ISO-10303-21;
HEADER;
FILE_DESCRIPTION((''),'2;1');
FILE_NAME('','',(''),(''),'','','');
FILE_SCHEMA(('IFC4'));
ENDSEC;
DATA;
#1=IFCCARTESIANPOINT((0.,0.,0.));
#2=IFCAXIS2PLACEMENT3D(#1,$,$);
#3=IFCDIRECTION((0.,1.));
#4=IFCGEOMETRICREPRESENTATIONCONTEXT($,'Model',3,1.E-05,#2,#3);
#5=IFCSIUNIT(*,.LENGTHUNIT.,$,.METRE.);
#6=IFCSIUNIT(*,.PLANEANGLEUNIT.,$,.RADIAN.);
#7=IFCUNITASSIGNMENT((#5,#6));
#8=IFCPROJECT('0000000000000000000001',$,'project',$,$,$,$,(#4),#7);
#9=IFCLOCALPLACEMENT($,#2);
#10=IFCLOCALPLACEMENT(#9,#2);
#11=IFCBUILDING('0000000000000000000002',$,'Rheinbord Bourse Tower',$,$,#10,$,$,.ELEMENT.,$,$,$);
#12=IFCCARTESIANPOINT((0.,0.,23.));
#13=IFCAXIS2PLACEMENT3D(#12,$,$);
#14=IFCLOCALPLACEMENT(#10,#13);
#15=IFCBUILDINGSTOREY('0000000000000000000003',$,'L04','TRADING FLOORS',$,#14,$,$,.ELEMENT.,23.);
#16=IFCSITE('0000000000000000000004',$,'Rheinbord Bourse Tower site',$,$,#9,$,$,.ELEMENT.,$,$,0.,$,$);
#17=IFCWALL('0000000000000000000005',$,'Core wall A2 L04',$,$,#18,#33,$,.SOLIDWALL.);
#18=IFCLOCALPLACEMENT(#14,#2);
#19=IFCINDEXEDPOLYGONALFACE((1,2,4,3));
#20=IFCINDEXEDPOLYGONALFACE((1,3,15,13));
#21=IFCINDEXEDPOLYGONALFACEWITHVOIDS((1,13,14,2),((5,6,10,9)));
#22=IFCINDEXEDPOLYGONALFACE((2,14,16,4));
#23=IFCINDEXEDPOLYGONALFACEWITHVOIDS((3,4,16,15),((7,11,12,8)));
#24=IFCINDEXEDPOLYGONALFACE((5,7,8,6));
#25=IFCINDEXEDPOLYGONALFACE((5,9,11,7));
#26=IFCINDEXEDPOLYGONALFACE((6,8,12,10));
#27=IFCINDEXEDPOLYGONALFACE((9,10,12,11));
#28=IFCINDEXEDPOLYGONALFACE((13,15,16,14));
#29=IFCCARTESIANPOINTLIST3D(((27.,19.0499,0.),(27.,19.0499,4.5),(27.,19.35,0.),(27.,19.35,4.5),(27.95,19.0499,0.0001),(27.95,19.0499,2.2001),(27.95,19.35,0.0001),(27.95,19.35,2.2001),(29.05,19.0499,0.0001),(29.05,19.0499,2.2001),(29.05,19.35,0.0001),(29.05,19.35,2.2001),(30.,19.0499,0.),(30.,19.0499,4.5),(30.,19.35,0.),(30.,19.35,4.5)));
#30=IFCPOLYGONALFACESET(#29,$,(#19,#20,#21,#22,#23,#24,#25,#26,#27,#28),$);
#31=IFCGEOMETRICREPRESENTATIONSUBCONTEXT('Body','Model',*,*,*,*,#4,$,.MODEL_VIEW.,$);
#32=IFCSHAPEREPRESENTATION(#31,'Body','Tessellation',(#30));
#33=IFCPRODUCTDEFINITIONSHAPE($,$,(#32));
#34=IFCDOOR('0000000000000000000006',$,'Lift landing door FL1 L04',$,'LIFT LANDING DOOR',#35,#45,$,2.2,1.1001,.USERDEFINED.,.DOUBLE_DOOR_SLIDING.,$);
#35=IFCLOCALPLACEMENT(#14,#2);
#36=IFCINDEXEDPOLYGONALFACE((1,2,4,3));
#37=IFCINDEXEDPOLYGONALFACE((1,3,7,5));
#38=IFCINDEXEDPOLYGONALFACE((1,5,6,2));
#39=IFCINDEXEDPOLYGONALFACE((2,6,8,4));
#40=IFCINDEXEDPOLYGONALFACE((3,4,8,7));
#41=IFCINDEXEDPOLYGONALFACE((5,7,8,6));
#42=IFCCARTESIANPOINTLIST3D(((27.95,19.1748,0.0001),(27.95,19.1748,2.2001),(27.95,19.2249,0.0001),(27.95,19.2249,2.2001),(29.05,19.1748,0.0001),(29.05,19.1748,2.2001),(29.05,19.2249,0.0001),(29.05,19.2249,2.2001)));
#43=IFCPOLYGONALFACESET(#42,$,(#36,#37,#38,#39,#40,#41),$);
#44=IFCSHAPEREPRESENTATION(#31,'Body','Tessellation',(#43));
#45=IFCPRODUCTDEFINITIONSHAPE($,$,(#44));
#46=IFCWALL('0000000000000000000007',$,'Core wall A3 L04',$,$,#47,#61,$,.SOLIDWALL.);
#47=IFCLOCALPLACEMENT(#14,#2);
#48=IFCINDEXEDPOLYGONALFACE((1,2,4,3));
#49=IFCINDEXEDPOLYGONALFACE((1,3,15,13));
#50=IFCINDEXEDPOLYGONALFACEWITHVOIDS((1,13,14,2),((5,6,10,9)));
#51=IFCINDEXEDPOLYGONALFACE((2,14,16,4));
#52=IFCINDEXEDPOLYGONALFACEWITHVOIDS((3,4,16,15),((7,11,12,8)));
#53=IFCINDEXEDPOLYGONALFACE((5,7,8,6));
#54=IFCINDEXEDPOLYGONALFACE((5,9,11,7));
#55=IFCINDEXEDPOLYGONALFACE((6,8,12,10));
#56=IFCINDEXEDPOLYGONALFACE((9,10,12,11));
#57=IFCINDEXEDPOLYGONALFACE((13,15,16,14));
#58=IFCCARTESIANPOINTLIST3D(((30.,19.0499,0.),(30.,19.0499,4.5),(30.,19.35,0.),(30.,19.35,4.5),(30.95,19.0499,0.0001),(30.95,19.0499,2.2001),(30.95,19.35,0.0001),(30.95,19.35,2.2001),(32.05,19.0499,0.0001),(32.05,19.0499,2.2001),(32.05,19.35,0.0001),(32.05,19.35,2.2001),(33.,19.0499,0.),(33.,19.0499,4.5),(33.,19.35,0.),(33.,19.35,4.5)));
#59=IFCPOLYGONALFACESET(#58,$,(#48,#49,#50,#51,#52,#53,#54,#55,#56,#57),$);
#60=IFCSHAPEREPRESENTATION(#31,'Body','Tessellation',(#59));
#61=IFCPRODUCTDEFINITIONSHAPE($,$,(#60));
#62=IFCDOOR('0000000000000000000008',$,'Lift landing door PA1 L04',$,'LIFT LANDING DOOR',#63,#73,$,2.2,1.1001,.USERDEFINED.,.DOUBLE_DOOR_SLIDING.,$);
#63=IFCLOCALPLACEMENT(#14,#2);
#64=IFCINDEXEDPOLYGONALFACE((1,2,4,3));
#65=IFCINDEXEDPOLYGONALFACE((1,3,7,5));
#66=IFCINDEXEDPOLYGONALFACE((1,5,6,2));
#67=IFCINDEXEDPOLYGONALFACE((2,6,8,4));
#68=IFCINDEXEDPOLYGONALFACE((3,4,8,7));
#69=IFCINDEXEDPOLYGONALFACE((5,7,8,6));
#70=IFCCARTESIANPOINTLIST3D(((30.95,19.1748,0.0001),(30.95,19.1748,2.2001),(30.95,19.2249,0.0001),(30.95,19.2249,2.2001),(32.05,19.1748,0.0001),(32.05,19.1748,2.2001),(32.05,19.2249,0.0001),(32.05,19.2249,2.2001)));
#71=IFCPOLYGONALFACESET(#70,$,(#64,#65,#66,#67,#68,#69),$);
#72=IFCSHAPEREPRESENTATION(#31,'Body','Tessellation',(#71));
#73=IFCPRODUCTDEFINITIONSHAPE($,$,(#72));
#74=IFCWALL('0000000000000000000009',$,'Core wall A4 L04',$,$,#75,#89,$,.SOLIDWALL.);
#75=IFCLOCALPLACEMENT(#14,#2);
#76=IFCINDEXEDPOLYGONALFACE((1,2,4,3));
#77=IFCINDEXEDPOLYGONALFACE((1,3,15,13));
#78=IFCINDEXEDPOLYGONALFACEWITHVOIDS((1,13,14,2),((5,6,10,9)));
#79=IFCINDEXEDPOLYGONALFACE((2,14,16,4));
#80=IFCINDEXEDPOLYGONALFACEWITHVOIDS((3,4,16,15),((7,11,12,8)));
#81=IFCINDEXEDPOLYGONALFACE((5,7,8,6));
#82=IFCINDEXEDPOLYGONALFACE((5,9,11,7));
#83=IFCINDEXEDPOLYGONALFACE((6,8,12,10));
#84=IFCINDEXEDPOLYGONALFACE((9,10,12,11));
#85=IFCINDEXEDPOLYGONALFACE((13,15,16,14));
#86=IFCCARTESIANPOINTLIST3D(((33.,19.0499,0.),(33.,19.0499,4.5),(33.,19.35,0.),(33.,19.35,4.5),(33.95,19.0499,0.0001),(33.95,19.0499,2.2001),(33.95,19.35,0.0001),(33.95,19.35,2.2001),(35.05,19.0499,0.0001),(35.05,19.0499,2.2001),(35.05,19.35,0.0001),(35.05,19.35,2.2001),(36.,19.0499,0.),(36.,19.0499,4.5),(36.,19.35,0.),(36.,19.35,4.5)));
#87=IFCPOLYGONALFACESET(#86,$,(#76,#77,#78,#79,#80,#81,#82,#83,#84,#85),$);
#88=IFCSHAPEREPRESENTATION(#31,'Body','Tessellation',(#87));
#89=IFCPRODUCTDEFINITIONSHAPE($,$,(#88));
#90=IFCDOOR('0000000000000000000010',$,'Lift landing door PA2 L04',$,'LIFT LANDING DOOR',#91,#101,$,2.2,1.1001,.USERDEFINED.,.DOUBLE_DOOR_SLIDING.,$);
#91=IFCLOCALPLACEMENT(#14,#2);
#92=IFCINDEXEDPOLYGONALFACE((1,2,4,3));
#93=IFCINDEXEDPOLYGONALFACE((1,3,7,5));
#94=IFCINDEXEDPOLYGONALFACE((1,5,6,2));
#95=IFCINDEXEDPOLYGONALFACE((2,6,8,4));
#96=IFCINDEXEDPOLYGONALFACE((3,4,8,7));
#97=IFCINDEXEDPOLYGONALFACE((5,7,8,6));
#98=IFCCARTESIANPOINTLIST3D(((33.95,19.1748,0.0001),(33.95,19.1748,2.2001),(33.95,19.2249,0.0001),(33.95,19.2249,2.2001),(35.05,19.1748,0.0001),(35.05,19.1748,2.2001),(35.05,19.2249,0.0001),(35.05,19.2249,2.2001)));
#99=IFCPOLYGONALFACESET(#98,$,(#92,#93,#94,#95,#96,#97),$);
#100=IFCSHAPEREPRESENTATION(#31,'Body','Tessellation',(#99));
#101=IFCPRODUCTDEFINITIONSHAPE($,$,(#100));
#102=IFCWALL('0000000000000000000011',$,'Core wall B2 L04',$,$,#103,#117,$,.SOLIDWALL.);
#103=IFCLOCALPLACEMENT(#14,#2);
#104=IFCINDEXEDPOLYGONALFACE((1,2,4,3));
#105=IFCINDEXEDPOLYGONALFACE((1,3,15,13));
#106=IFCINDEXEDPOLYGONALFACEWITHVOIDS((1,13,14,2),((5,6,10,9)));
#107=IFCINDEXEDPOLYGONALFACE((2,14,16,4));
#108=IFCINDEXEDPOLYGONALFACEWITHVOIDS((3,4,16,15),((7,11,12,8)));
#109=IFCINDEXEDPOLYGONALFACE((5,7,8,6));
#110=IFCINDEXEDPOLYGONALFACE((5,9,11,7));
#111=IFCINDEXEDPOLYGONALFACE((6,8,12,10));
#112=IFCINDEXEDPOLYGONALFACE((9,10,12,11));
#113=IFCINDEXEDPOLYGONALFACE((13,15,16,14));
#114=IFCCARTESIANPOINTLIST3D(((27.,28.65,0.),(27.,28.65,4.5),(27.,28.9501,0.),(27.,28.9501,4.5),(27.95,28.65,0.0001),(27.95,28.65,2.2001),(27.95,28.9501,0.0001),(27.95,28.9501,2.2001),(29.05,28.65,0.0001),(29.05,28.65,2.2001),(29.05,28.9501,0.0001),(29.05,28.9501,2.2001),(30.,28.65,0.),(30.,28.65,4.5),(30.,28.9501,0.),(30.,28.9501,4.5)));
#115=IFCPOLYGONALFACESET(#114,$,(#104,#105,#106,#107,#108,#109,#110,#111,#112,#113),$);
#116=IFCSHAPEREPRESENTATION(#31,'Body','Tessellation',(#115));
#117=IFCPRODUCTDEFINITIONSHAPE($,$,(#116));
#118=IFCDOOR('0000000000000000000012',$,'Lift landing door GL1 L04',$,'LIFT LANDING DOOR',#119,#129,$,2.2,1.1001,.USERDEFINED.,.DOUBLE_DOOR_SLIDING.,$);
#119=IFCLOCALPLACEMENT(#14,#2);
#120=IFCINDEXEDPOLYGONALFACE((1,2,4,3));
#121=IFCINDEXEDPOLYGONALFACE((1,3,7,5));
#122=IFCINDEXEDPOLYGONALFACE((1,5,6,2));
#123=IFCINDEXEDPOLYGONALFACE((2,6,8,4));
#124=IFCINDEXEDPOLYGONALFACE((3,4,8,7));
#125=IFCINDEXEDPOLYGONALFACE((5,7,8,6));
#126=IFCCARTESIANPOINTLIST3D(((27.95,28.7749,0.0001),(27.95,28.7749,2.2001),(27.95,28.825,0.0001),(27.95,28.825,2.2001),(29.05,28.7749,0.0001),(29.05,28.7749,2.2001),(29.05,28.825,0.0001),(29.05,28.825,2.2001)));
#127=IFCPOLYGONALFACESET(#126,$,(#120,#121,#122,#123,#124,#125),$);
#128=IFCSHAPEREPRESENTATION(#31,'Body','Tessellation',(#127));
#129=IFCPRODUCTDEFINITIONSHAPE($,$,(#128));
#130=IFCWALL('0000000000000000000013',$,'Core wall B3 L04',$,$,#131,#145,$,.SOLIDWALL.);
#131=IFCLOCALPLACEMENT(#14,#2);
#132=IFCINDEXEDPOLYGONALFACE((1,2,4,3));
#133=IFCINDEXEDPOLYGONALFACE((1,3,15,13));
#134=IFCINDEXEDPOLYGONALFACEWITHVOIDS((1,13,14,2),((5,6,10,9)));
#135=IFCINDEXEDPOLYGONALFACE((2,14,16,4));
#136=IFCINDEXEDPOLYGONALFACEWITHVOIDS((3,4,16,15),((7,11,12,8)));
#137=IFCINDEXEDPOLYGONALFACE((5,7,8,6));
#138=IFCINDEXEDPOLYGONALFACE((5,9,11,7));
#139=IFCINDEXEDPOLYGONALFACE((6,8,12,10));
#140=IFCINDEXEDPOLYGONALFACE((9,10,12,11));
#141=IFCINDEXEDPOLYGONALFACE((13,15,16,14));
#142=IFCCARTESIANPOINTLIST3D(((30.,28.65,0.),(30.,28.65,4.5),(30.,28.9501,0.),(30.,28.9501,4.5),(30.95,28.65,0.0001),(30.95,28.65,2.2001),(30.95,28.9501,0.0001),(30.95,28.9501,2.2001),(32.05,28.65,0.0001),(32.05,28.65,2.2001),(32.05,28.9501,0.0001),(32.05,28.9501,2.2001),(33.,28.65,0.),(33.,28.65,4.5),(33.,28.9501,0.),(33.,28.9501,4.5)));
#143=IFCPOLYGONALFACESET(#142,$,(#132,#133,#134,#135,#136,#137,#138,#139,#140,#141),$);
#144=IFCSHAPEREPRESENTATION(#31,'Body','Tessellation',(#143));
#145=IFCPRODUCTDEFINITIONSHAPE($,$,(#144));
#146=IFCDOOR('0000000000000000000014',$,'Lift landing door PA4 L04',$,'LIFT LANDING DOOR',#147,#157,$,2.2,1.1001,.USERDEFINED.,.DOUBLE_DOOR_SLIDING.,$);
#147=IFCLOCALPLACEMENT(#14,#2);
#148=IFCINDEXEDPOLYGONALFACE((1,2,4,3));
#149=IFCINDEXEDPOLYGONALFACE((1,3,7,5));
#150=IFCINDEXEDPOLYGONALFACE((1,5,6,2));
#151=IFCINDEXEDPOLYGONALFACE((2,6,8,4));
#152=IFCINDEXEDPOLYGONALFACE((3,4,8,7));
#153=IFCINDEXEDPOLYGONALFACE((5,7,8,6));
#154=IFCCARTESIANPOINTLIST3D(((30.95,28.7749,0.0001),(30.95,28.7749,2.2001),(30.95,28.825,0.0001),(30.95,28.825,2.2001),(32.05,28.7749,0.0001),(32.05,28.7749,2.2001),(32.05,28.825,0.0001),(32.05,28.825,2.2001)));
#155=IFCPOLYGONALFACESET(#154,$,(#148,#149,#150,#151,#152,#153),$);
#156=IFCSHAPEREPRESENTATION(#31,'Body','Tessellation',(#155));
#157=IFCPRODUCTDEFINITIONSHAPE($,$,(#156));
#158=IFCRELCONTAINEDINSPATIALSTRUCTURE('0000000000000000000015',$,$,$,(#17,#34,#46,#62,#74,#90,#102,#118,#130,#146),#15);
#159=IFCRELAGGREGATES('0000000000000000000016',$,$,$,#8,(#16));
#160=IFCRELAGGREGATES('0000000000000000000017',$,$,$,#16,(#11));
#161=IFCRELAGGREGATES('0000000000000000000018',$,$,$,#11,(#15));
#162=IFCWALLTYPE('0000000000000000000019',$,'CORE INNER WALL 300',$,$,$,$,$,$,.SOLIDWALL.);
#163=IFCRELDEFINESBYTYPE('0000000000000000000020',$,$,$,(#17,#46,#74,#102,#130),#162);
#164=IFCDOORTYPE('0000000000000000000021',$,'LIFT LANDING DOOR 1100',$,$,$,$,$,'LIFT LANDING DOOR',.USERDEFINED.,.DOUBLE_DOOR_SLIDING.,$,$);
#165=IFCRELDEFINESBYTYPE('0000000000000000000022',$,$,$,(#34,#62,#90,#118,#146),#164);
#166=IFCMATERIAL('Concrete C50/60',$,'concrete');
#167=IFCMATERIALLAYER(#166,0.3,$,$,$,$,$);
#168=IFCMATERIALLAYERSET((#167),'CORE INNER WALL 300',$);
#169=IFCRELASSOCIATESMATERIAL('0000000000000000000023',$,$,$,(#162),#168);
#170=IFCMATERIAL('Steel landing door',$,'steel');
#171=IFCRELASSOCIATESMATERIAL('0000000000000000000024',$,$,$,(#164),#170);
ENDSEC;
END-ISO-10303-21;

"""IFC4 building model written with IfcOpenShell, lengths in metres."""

from ifc_helpers import new_model, si_unit, direction, frame, frame_2d, origin, place, context, subcontext, project, spatial, rectangle, extrude, material, layer, layer_set, type_object, element, fill, save


model = new_model("IFC4")

# Units and contexts
model_context = context("Model", 3, precision=1e-05, world=origin(), true_north=direction((0.0, 1.0)))
body_context = subcontext(model_context, "Body", "Model", "MODEL_VIEW")
ifc_project = project(units=[si_unit("LENGTHUNIT", "METRE"), si_unit("PLANEANGLEUNIT", "RADIAN")], contexts=[model_context])

# Site, building, storey
site_placement = place(None, origin())
site = spatial("IfcSite", under=ifc_project, at=site_placement, Name="Rheinbord Bourse Tower site", CompositionType="ELEMENT", RefElevation=0.0)
building_placement = place(site_placement, origin())
building = spatial("IfcBuilding", under=site, at=building_placement, Name="Rheinbord Bourse Tower", CompositionType="ELEMENT")
storey_placement = place(building_placement, frame((0.0, 0.0, 23.0)))
storey = spatial("IfcBuildingStorey", under=building, at=storey_placement, Name="L04", Description="TRADING FLOORS", CompositionType="ELEMENT", Elevation=23.0)

# Walls, openings, doors
ifc_material_1 = material(Name="Concrete C50/60", Category="concrete")
ifc_layer_1 = layer(ifc_material_1, 0.3)
ifc_layer_set_1 = layer_set([ifc_layer_1], Name="CORE INNER WALL 300")
wall_type_1 = type_object("IfcWallType", Name="CORE INNER WALL 300", PredefinedType="SOLIDWALL", material=ifc_layer_set_1)
wall_1_placement = place(storey_placement, frame((27.0, 19.2, 0.0), z_axis=(0.0, 0.0, 1.0), x_axis=(1.0, 0.0, 0.0)))
wall_1 = element("IfcWall", 1, at=wall_1_placement, inside=storey, type_object=wall_type_1, Name="Core wall A2 L04", PredefinedType="SOLIDWALL", context=body_context, shape_type="SweptSolid", body=[
    extrude(rectangle(XDim=3.0, YDim=0.3, at=frame_2d((1.5, 0.0))), origin(), (0.0, 0.0, 1.0), 4.5),
])
opening_1_placement = place(wall_1_placement, frame((0.95, 0.0, 0.0)))
opening_1 = element("IfcOpeningElement", 2, at=opening_1_placement, cuts=wall_1, PredefinedType="OPENING", context=body_context, shape_type="SweptSolid", body=[
    extrude(rectangle(XDim=1.1001, YDim=2.2, at=frame_2d((0.55, 1.1001))), frame((0.0, 0.1599, 0.0), z_axis=(0.0, -1.0, 0.0), x_axis=(1.0, 0.0, 0.0)), (0.0, 0.0, 1.0), 0.3201),
])
ifc_material_2 = material(Name="Steel landing door", Category="steel")
door_type_1 = type_object("IfcDoorType", Name="LIFT LANDING DOOR 1100", ElementType="LIFT LANDING DOOR", OperationType="DOUBLE_DOOR_SLIDING", PredefinedType="USERDEFINED", material=ifc_material_2)
door_1_placement = place(opening_1_placement, origin())
door_1 = element("IfcDoor", 3, at=door_1_placement, inside=storey, type_object=door_type_1, Name="Lift landing door FL1 L04", ObjectType="LIFT LANDING DOOR", OperationType="DOUBLE_DOOR_SLIDING", OverallHeight=2.2, OverallWidth=1.1001, PredefinedType="USERDEFINED", context=body_context, shape_type="SweptSolid", body=[
    extrude(rectangle(XDim=1.1001, YDim=2.2, at=frame_2d((0.55, 1.1001))), frame((0.0, 0.0249, 0.0), z_axis=(0.0, -1.0, 0.0), x_axis=(1.0, 0.0, 0.0)), (0.0, 0.0, 1.0), 0.05),
])
fill(opening_1, door_1)
wall_2_placement = place(storey_placement, frame((30.0, 19.2, 0.0), z_axis=(0.0, 0.0, 1.0), x_axis=(1.0, 0.0, 0.0)))
wall_2 = element("IfcWall", 4, at=wall_2_placement, inside=storey, type_object=wall_type_1, Name="Core wall A3 L04", PredefinedType="SOLIDWALL", context=body_context, shape_type="SweptSolid", body=[
    extrude(rectangle(XDim=3.0, YDim=0.3, at=frame_2d((1.5, 0.0))), origin(), (0.0, 0.0, 1.0), 4.5),
])
opening_2_placement = place(wall_2_placement, frame((0.95, 0.0, 0.0)))
opening_2 = element("IfcOpeningElement", 5, at=opening_2_placement, cuts=wall_2, PredefinedType="OPENING", context=body_context, shape_type="SweptSolid", body=[
    extrude(rectangle(XDim=1.1001, YDim=2.2, at=frame_2d((0.55, 1.1001))), frame((0.0, 0.1599, 0.0), z_axis=(0.0, -1.0, 0.0), x_axis=(1.0, 0.0, 0.0)), (0.0, 0.0, 1.0), 0.3201),
])
door_2_placement = place(opening_2_placement, origin())
door_2 = element("IfcDoor", 6, at=door_2_placement, inside=storey, type_object=door_type_1, Name="Lift landing door PA1 L04", ObjectType="LIFT LANDING DOOR", OperationType="DOUBLE_DOOR_SLIDING", OverallHeight=2.2, OverallWidth=1.1001, PredefinedType="USERDEFINED", context=body_context, shape_type="SweptSolid", body=[
    extrude(rectangle(XDim=1.1001, YDim=2.2, at=frame_2d((0.55, 1.1001))), frame((0.0, 0.0249, 0.0), z_axis=(0.0, -1.0, 0.0), x_axis=(1.0, 0.0, 0.0)), (0.0, 0.0, 1.0), 0.05),
])
fill(opening_2, door_2)
wall_3_placement = place(storey_placement, frame((33.0, 19.2, 0.0), z_axis=(0.0, 0.0, 1.0), x_axis=(1.0, 0.0, 0.0)))
wall_3 = element("IfcWall", 7, at=wall_3_placement, inside=storey, type_object=wall_type_1, Name="Core wall A4 L04", PredefinedType="SOLIDWALL", context=body_context, shape_type="SweptSolid", body=[
    extrude(rectangle(XDim=3.0, YDim=0.3, at=frame_2d((1.5, 0.0))), origin(), (0.0, 0.0, 1.0), 4.5),
])
opening_3_placement = place(wall_3_placement, frame((0.95, 0.0, 0.0)))
opening_3 = element("IfcOpeningElement", 8, at=opening_3_placement, cuts=wall_3, PredefinedType="OPENING", context=body_context, shape_type="SweptSolid", body=[
    extrude(rectangle(XDim=1.1001, YDim=2.2, at=frame_2d((0.55, 1.1001))), frame((0.0, 0.1599, 0.0), z_axis=(0.0, -1.0, 0.0), x_axis=(1.0, 0.0, 0.0)), (0.0, 0.0, 1.0), 0.3201),
])
door_3_placement = place(opening_3_placement, origin())
door_3 = element("IfcDoor", 9, at=door_3_placement, inside=storey, type_object=door_type_1, Name="Lift landing door PA2 L04", ObjectType="LIFT LANDING DOOR", OperationType="DOUBLE_DOOR_SLIDING", OverallHeight=2.2, OverallWidth=1.1001, PredefinedType="USERDEFINED", context=body_context, shape_type="SweptSolid", body=[
    extrude(rectangle(XDim=1.1001, YDim=2.2, at=frame_2d((0.55, 1.1001))), frame((0.0, 0.0249, 0.0), z_axis=(0.0, -1.0, 0.0), x_axis=(1.0, 0.0, 0.0)), (0.0, 0.0, 1.0), 0.05),
])
fill(opening_3, door_3)
wall_4_placement = place(storey_placement, frame((27.0, 28.8, 0.0), z_axis=(0.0, 0.0, 1.0), x_axis=(1.0, 0.0, 0.0)))
wall_4 = element("IfcWall", 10, at=wall_4_placement, inside=storey, type_object=wall_type_1, Name="Core wall B2 L04", PredefinedType="SOLIDWALL", context=body_context, shape_type="SweptSolid", body=[
    extrude(rectangle(XDim=3.0, YDim=0.3, at=frame_2d((1.5, 0.0))), origin(), (0.0, 0.0, 1.0), 4.5),
])
opening_4_placement = place(wall_4_placement, frame((0.95, 0.0, 0.0)))
opening_4 = element("IfcOpeningElement", 11, at=opening_4_placement, cuts=wall_4, PredefinedType="OPENING", context=body_context, shape_type="SweptSolid", body=[
    extrude(rectangle(XDim=1.1001, YDim=2.2, at=frame_2d((0.55, 1.1001))), frame((0.0, 0.1599, 0.0), z_axis=(0.0, -1.0, 0.0), x_axis=(1.0, 0.0, 0.0)), (0.0, 0.0, 1.0), 0.3201),
])
door_4_placement = place(opening_4_placement, origin())
door_4 = element("IfcDoor", 12, at=door_4_placement, inside=storey, type_object=door_type_1, Name="Lift landing door GL1 L04", ObjectType="LIFT LANDING DOOR", OperationType="DOUBLE_DOOR_SLIDING", OverallHeight=2.2, OverallWidth=1.1001, PredefinedType="USERDEFINED", context=body_context, shape_type="SweptSolid", body=[
    extrude(rectangle(XDim=1.1001, YDim=2.2, at=frame_2d((0.55, 1.1001))), frame((0.0, 0.0249, 0.0), z_axis=(0.0, -1.0, 0.0), x_axis=(1.0, 0.0, 0.0)), (0.0, 0.0, 1.0), 0.05),
])
fill(opening_4, door_4)
wall_5_placement = place(storey_placement, frame((30.0, 28.8, 0.0), z_axis=(0.0, 0.0, 1.0), x_axis=(1.0, 0.0, 0.0)))
wall_5 = element("IfcWall", 13, at=wall_5_placement, inside=storey, type_object=wall_type_1, Name="Core wall B3 L04", PredefinedType="SOLIDWALL", context=body_context, shape_type="SweptSolid", body=[
    extrude(rectangle(XDim=3.0, YDim=0.3, at=frame_2d((1.5, 0.0))), origin(), (0.0, 0.0, 1.0), 4.5),
])
opening_5_placement = place(wall_5_placement, frame((0.95, 0.0, 0.0)))
opening_5 = element("IfcOpeningElement", 14, at=opening_5_placement, cuts=wall_5, PredefinedType="OPENING", context=body_context, shape_type="SweptSolid", body=[
    extrude(rectangle(XDim=1.1001, YDim=2.2, at=frame_2d((0.55, 1.1001))), frame((0.0, 0.1599, 0.0), z_axis=(0.0, -1.0, 0.0), x_axis=(1.0, 0.0, 0.0)), (0.0, 0.0, 1.0), 0.3201),
])
door_5_placement = place(opening_5_placement, origin())
door_5 = element("IfcDoor", 15, at=door_5_placement, inside=storey, type_object=door_type_1, Name="Lift landing door PA4 L04", ObjectType="LIFT LANDING DOOR", OperationType="DOUBLE_DOOR_SLIDING", OverallHeight=2.2, OverallWidth=1.1001, PredefinedType="USERDEFINED", context=body_context, shape_type="SweptSolid", body=[
    extrude(rectangle(XDim=1.1001, YDim=2.2, at=frame_2d((0.55, 1.1001))), frame((0.0, 0.0249, 0.0), z_axis=(0.0, -1.0, 0.0), x_axis=(1.0, 0.0, 0.0)), (0.0, 0.0, 1.0), 0.05),
])
fill(opening_5, door_5)

save(model, "model.ifc")
